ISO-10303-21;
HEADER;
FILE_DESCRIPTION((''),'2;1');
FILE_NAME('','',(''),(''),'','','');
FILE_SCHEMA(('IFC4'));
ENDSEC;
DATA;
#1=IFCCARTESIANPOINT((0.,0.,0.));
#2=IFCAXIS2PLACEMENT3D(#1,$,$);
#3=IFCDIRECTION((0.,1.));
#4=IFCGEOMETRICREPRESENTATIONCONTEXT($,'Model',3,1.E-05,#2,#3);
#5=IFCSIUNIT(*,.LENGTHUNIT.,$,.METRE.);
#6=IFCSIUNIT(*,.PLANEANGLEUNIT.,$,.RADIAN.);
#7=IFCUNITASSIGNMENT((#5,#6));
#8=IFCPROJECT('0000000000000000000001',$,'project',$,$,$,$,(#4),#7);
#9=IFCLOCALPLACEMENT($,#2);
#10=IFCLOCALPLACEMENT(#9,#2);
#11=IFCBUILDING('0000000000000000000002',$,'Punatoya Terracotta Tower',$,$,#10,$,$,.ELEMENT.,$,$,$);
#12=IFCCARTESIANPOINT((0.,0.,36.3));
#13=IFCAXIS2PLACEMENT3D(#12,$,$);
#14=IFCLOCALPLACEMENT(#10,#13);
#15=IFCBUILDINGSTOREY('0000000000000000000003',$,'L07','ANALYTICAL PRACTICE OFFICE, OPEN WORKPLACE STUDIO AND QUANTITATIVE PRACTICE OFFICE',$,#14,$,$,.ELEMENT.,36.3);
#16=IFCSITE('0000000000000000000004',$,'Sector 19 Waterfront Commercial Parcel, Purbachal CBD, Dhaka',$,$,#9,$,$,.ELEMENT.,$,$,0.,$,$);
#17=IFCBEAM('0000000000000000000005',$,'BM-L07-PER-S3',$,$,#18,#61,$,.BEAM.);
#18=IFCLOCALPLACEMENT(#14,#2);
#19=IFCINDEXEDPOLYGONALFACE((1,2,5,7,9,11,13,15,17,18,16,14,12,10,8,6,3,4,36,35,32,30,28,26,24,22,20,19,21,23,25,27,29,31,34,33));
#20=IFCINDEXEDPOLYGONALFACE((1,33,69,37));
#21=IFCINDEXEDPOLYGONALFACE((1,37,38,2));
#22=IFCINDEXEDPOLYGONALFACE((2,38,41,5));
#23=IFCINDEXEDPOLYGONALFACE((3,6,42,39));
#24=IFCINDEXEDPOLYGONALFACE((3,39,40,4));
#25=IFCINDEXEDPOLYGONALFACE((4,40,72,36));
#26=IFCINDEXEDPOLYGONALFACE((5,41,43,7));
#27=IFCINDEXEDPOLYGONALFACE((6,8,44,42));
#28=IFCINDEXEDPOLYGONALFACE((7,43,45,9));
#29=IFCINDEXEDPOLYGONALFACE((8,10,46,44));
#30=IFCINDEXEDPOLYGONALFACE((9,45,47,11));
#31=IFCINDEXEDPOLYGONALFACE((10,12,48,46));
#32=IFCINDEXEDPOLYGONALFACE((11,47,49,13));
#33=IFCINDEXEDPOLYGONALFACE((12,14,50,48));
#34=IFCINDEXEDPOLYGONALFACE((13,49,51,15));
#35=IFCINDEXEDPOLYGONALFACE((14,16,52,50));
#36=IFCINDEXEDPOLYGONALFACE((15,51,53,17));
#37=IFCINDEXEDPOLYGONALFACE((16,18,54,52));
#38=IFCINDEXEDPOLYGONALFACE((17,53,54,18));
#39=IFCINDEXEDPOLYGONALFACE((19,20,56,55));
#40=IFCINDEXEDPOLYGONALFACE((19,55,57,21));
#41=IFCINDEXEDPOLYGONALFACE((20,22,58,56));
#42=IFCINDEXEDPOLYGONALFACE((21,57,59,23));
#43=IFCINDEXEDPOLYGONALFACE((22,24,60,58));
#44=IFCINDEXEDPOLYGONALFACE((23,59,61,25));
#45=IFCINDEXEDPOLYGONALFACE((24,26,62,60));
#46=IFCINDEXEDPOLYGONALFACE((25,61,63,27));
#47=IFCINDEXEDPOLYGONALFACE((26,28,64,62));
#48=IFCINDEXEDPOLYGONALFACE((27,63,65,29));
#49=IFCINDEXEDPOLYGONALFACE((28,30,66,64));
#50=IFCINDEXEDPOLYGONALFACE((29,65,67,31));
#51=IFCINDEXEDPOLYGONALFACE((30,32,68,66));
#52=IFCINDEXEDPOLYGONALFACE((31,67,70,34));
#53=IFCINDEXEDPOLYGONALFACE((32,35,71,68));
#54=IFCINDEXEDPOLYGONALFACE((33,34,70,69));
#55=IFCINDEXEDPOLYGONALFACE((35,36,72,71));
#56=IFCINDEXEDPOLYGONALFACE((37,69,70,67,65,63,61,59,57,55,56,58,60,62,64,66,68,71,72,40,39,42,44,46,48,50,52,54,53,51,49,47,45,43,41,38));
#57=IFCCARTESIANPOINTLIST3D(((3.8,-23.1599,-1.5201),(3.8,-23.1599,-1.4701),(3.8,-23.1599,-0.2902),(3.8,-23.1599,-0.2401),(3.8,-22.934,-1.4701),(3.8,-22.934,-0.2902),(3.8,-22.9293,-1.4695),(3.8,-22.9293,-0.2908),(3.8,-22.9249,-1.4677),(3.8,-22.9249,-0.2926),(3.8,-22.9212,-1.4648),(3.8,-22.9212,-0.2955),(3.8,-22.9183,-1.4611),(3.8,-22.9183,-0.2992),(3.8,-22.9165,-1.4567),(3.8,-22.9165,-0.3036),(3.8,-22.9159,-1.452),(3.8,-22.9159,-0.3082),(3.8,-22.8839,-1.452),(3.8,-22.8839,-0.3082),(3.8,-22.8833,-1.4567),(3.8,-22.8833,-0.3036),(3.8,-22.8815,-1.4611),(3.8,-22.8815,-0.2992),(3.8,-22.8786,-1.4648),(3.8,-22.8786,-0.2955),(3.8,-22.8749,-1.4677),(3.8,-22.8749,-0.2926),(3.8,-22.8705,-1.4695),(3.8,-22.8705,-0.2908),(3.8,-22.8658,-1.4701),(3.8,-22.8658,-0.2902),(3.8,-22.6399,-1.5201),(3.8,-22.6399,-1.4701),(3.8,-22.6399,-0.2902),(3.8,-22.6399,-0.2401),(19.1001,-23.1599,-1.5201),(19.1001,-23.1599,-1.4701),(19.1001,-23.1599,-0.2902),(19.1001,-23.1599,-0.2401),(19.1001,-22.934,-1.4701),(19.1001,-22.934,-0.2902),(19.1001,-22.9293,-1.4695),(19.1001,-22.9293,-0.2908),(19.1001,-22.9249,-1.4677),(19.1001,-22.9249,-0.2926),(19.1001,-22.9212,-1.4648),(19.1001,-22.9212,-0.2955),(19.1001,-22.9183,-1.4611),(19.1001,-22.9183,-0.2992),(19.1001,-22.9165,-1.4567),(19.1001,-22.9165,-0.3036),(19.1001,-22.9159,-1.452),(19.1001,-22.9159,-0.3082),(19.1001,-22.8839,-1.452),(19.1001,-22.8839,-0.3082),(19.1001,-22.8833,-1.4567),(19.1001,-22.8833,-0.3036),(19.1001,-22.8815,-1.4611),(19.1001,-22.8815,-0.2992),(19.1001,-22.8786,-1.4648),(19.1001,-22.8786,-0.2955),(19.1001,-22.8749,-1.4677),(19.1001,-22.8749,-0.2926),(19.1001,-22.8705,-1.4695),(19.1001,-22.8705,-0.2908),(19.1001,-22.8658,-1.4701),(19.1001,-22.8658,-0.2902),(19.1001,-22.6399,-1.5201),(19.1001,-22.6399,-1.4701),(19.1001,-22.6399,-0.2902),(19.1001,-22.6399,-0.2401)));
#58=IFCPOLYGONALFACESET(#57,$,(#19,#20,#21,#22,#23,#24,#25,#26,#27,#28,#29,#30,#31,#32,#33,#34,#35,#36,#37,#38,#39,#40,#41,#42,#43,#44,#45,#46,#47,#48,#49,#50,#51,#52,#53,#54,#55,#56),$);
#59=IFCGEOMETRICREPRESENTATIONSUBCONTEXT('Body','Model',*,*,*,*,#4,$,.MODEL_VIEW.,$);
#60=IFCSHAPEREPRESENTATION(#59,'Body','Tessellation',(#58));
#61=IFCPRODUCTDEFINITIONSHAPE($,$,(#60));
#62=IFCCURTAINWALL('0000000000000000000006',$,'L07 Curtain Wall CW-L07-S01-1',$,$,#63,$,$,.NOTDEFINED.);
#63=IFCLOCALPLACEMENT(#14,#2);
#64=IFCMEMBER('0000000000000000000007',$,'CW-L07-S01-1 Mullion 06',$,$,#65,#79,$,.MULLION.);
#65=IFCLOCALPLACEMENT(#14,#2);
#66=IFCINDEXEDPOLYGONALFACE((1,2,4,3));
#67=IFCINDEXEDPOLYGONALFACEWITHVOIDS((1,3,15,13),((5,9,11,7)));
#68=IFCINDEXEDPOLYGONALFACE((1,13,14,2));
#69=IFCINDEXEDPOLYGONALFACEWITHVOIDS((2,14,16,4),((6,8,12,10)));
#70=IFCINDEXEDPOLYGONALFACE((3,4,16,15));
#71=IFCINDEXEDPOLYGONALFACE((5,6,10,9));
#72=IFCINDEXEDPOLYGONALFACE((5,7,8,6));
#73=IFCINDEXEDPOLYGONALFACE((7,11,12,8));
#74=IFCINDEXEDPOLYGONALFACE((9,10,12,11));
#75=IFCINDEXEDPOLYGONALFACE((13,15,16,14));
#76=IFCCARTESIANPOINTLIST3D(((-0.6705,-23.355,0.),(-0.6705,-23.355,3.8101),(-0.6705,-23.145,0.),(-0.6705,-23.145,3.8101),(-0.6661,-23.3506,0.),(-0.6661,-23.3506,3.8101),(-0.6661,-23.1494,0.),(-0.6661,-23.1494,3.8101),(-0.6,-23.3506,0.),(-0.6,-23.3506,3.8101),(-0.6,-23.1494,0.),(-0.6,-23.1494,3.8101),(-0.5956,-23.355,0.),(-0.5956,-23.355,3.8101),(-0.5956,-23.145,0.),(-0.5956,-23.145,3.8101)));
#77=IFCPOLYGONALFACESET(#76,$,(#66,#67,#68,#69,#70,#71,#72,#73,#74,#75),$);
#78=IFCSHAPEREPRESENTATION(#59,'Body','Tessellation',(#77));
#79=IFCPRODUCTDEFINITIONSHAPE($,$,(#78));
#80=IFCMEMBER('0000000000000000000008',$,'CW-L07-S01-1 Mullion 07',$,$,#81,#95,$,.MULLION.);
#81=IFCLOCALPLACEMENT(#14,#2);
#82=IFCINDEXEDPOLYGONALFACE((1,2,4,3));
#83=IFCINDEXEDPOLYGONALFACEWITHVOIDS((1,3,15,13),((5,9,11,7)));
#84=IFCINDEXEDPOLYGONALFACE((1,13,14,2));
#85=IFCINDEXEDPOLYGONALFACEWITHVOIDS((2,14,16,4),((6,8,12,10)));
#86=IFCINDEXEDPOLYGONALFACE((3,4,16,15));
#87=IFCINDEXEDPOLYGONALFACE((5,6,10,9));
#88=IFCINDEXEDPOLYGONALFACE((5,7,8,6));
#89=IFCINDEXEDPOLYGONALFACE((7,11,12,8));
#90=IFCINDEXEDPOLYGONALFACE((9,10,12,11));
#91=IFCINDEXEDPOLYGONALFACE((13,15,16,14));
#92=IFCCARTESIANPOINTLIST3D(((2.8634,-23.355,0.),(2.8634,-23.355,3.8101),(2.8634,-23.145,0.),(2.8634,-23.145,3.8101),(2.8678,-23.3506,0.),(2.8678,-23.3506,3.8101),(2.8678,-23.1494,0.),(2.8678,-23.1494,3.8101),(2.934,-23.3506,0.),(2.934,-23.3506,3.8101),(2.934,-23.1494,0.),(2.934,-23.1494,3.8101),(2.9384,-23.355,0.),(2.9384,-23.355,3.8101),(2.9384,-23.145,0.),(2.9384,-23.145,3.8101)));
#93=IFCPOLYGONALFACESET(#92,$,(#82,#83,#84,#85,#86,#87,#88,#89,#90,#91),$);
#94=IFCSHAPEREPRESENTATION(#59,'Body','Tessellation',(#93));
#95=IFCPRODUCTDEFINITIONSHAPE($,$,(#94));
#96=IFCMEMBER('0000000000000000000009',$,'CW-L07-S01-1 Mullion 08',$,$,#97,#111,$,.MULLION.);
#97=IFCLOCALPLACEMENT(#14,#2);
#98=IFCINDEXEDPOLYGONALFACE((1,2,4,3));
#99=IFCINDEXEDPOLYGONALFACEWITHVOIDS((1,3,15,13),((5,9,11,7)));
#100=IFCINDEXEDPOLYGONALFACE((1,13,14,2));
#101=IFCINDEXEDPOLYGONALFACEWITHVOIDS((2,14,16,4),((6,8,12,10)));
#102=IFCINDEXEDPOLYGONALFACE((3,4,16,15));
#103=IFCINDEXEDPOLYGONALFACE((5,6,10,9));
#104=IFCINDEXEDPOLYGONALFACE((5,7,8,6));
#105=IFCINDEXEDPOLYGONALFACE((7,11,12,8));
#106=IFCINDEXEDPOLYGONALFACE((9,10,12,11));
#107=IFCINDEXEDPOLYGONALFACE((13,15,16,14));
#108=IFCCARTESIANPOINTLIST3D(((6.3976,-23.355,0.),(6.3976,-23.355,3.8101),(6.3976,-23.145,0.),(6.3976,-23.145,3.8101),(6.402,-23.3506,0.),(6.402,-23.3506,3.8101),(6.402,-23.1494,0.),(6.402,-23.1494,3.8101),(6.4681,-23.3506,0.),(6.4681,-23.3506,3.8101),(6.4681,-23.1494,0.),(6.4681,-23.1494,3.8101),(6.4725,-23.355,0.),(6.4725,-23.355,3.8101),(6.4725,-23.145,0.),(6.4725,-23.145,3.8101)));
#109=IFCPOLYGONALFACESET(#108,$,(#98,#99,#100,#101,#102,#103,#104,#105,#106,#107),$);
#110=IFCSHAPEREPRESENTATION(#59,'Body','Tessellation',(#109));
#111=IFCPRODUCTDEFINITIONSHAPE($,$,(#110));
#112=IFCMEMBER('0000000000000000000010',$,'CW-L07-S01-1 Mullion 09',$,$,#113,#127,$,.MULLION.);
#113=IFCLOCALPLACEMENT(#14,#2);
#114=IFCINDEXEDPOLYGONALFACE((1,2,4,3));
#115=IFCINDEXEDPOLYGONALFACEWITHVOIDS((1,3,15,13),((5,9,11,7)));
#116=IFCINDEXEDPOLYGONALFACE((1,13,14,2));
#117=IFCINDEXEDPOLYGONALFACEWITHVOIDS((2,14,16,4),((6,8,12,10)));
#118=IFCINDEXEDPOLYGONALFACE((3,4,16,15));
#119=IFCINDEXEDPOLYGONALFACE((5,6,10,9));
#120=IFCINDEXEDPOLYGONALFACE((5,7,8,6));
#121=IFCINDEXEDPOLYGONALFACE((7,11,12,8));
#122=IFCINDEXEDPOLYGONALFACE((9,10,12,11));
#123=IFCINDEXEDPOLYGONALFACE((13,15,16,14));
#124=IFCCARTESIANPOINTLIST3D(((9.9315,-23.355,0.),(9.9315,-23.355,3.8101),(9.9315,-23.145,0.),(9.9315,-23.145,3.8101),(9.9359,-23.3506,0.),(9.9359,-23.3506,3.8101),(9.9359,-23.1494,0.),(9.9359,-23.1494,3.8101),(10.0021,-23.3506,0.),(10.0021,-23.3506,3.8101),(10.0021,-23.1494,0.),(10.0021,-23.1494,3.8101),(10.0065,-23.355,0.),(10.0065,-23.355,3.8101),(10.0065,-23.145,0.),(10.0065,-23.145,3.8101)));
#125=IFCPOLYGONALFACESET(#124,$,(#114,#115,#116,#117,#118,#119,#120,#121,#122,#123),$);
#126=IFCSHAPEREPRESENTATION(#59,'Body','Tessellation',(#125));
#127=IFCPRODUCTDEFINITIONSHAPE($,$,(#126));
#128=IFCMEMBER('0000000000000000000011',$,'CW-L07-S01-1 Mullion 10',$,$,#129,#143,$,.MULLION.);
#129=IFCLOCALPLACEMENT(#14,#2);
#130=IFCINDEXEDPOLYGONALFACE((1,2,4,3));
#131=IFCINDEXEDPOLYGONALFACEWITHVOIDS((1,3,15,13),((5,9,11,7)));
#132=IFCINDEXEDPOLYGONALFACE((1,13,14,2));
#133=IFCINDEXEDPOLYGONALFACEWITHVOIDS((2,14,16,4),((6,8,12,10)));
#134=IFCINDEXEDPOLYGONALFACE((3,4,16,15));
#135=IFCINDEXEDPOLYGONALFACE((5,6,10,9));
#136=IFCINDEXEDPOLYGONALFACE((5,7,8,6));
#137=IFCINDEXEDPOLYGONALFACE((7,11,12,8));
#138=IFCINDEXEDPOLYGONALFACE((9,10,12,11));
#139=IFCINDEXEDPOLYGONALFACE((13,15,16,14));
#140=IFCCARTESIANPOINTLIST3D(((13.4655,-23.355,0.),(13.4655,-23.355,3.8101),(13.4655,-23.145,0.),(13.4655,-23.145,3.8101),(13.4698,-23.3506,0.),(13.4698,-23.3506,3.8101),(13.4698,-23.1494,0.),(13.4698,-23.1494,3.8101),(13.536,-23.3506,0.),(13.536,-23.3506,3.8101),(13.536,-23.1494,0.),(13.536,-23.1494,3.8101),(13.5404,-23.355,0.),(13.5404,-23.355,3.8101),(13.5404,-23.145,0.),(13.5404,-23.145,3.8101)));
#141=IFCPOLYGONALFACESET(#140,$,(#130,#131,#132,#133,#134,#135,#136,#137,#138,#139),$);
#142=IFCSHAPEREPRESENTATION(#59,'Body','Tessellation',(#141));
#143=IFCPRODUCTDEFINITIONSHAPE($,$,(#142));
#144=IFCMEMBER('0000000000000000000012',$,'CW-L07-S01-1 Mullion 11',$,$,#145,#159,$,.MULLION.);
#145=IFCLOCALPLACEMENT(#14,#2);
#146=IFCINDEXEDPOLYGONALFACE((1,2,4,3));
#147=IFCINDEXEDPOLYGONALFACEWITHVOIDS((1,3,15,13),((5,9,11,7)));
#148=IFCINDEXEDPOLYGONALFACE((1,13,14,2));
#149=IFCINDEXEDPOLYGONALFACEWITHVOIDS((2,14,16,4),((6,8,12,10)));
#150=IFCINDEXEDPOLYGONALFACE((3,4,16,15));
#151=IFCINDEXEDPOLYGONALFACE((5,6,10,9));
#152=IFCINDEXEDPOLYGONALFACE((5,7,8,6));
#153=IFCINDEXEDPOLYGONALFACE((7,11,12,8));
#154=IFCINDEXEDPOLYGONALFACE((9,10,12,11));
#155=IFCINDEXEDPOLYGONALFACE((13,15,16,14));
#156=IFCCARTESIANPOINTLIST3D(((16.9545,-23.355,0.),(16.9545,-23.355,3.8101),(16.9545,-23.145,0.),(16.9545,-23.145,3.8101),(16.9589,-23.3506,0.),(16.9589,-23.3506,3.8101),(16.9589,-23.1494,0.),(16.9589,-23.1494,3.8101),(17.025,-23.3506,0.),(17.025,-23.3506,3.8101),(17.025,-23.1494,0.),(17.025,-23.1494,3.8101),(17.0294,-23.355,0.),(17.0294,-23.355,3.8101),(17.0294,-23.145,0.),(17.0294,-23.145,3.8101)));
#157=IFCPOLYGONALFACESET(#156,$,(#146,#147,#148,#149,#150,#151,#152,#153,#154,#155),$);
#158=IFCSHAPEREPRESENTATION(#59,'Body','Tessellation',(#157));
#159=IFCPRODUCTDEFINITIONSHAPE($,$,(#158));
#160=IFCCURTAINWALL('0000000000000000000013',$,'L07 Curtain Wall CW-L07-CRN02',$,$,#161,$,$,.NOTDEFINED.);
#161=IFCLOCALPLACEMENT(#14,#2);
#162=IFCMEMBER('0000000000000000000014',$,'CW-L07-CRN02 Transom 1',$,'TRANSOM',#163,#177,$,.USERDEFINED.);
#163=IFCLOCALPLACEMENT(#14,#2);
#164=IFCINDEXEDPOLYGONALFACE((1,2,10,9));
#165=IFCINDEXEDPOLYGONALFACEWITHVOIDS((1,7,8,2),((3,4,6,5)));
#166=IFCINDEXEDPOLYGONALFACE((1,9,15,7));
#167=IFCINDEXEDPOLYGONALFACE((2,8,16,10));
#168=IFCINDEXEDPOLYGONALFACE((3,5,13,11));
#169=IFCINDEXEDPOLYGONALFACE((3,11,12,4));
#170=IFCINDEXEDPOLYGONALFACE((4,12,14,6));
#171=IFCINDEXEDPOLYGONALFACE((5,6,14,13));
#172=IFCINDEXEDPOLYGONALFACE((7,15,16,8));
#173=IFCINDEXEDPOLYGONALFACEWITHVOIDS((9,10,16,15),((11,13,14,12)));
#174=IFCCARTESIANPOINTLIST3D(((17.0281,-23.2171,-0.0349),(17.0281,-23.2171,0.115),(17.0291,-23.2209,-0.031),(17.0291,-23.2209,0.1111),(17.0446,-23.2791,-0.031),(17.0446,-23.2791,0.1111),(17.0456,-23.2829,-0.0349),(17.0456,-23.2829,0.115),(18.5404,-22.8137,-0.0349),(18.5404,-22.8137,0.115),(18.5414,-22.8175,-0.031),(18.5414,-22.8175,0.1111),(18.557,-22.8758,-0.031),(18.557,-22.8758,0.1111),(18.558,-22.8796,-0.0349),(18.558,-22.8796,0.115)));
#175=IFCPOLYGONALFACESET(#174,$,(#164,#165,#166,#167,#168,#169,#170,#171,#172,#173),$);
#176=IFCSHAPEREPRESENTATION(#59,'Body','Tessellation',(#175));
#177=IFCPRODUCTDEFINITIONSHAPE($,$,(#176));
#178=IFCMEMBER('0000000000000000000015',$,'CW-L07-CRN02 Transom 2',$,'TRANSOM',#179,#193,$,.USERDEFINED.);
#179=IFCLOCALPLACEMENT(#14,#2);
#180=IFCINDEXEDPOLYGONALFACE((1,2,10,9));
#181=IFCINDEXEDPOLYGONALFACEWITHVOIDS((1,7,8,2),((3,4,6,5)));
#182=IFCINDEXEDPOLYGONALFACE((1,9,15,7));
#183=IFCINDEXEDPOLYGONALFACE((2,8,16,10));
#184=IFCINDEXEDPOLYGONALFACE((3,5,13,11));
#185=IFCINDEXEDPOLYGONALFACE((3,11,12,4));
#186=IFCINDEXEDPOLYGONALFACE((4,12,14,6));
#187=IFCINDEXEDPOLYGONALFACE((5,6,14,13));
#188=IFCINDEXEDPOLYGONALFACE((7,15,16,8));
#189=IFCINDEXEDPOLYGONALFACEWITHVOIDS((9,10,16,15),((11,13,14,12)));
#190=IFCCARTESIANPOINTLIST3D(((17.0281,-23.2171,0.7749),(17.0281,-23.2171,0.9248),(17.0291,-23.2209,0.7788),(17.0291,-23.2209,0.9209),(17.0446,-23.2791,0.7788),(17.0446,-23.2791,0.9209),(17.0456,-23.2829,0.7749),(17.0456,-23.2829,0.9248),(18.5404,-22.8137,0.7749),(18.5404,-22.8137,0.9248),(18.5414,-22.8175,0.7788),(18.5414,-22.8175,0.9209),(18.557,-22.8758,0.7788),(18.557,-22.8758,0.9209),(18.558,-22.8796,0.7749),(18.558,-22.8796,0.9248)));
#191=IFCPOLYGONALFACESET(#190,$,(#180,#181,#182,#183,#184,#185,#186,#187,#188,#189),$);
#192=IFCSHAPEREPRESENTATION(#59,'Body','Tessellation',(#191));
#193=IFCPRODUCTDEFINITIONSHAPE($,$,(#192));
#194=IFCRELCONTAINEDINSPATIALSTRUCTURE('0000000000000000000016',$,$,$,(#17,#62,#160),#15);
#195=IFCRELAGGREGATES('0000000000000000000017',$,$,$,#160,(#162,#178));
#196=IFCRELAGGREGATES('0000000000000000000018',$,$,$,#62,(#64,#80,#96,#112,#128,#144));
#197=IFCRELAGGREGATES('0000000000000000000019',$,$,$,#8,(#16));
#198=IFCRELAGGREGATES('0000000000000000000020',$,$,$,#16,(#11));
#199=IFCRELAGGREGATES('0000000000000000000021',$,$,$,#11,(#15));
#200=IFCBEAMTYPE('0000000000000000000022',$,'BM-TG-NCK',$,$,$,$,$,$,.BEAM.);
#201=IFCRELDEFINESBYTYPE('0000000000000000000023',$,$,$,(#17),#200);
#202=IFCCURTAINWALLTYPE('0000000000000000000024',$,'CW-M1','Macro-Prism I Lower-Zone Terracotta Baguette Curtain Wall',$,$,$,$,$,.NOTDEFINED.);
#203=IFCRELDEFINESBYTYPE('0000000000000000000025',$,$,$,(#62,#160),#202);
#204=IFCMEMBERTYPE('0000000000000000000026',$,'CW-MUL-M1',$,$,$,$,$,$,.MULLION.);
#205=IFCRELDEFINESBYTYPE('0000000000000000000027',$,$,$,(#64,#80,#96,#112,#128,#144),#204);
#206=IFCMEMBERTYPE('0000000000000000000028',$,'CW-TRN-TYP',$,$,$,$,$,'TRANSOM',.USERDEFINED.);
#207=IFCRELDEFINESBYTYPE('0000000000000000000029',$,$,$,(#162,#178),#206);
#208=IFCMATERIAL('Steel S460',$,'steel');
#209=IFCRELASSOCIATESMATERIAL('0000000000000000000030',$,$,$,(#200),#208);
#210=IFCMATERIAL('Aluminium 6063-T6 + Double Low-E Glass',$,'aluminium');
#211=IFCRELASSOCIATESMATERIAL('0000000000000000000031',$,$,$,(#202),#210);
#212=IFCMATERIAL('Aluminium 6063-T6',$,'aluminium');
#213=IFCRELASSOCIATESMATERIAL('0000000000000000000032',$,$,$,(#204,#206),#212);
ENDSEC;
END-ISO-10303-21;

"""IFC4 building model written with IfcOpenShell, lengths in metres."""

from ifc_helpers import new_model, si_unit, direction, frame, origin, origin_2d, place, context, subcontext, project, spatial, hollow_rectangle, i_section, extrude, material, material_profile, profile_set, type_object, element, aggregate, save


model = new_model("IFC4")

# Units and contexts
model_context = context("Model", 3, precision=1e-05, world=origin(), true_north=direction((0.0, 1.0)))
body_context = subcontext(model_context, "Body", "Model", "MODEL_VIEW")
ifc_project = project(units=[si_unit("LENGTHUNIT", "METRE"), si_unit("PLANEANGLEUNIT", "RADIAN")], contexts=[model_context])

# Site, building, storey
site_placement = place(None, origin())
site = spatial("IfcSite", under=ifc_project, at=site_placement, Name="Sector 19 Waterfront Commercial Parcel, Purbachal CBD, Dhaka", CompositionType="ELEMENT", RefElevation=0.0)
building_placement = place(site_placement, origin())
building = spatial("IfcBuilding", under=site, at=building_placement, Name="Punatoya Terracotta Tower", CompositionType="ELEMENT")
storey_placement = place(building_placement, frame((0.0, 0.0, 36.3)))
storey = spatial("IfcBuildingStorey", under=building, at=storey_placement, Name="L07", Description="ANALYTICAL PRACTICE OFFICE, OPEN WORKPLACE STUDIO AND QUANTITATIVE PRACTICE OFFICE", CompositionType="ELEMENT", Elevation=36.3)

# Shared definitions
ifc_material_1 = material(Name="Steel S460", Category="steel")

# Beam
ifc_material_profile_1 = material_profile(ifc_material_1, i_section(OverallWidth=0.52, OverallDepth=1.28, WebThickness=0.032, FlangeThickness=0.05, FilletRadius=0.0181, at=origin_2d()))
ifc_profile_set_1 = profile_set([ifc_material_profile_1], Name="Steel S460")
beam_type_1 = type_object("IfcBeamType", Name="BM-TG-NCK", PredefinedType="BEAM", material=ifc_profile_set_1)
beam_1_placement = place(storey_placement, frame((3.8, -22.8999, -0.8801), z_axis=(1.0, 0.0, 0.0), x_axis=(0.0, 1.0, 0.0)))
element("IfcBeam", 1, at=beam_1_placement, inside=storey, type_object=beam_type_1, Name="BM-L07-PER-S3", PredefinedType="BEAM", context=body_context, shape_type="SweptSolid", body=[
    extrude(i_section(OverallWidth=0.52, OverallDepth=1.28, WebThickness=0.032, FlangeThickness=0.05, FilletRadius=0.0181, at=origin_2d()), origin(), (0.0, 0.0, 1.0), 15.3),
])

# Curtain walls, members
ifc_material_2 = material(Name="Aluminium 6063-T6 + Double Low-E Glass", Category="aluminium")
curtain_wall_type = type_object("IfcCurtainWallType", Name="CW-M1", Description="Macro-Prism I Lower-Zone Terracotta Baguette Curtain Wall", PredefinedType="NOTDEFINED", material=ifc_material_2)
curtain_wall_1_placement = place(storey_placement, origin())
curtain_wall_1 = element("IfcCurtainWall", 2, at=curtain_wall_1_placement, inside=storey, type_object=curtain_wall_type, Name="L07 Curtain Wall CW-L07-S01-1", PredefinedType="NOTDEFINED")
ifc_material_3 = material(Name="Aluminium 6063-T6", Category="aluminium")
ifc_material_profile_2 = material_profile(ifc_material_3, hollow_rectangle(XDim=0.075, YDim=0.21, WallThickness=0.0044, at=origin_2d()))
ifc_profile_set_2 = profile_set([ifc_material_profile_2], Name="Aluminium 6063-T6")
member_type_1 = type_object("IfcMemberType", Name="CW-MUL-M1", PredefinedType="MULLION", material=ifc_profile_set_2)
member_1_placement = place(storey_placement, frame((-0.6331, -23.25, 0.0), z_axis=(0.0, 0.0, 1.0), x_axis=(1.0, 0.0, 0.0)))
member_1 = element("IfcMember", 3, at=member_1_placement, type_object=member_type_1, Name="CW-L07-S01-1 Mullion 06", PredefinedType="MULLION", context=body_context, shape_type="SweptSolid", body=[
    extrude(hollow_rectangle(XDim=0.075, YDim=0.21, WallThickness=0.0044, at=origin_2d()), origin(), (0.0, 0.0, 1.0), 3.8101),
])
member_2_placement = place(storey_placement, frame((2.9009, -23.25, 0.0), z_axis=(0.0, 0.0, 1.0), x_axis=(1.0, 0.0, 0.0)))
member_2 = element("IfcMember", 4, at=member_2_placement, type_object=member_type_1, Name="CW-L07-S01-1 Mullion 07", PredefinedType="MULLION", context=body_context, shape_type="SweptSolid", body=[
    extrude(hollow_rectangle(XDim=0.075, YDim=0.21, WallThickness=0.0044, at=origin_2d()), origin(), (0.0, 0.0, 1.0), 3.8101),
])
member_3_placement = place(storey_placement, frame((6.4351, -23.25, 0.0), z_axis=(0.0, 0.0, 1.0), x_axis=(1.0, 0.0, 0.0)))
member_3 = element("IfcMember", 5, at=member_3_placement, type_object=member_type_1, Name="CW-L07-S01-1 Mullion 08", PredefinedType="MULLION", context=body_context, shape_type="SweptSolid", body=[
    extrude(hollow_rectangle(XDim=0.075, YDim=0.21, WallThickness=0.0044, at=origin_2d()), origin(), (0.0, 0.0, 1.0), 3.8101),
])
member_4_placement = place(storey_placement, frame((9.969, -23.25, 0.0), z_axis=(0.0, 0.0, 1.0), x_axis=(1.0, 0.0, 0.0)))
member_4 = element("IfcMember", 6, at=member_4_placement, type_object=member_type_1, Name="CW-L07-S01-1 Mullion 09", PredefinedType="MULLION", context=body_context, shape_type="SweptSolid", body=[
    extrude(hollow_rectangle(XDim=0.075, YDim=0.21, WallThickness=0.0044, at=origin_2d()), origin(), (0.0, 0.0, 1.0), 3.8101),
])
member_5_placement = place(storey_placement, frame((13.5029, -23.25, 0.0), z_axis=(0.0, 0.0, 1.0), x_axis=(1.0, 0.0, 0.0)))
member_5 = element("IfcMember", 7, at=member_5_placement, type_object=member_type_1, Name="CW-L07-S01-1 Mullion 10", PredefinedType="MULLION", context=body_context, shape_type="SweptSolid", body=[
    extrude(hollow_rectangle(XDim=0.075, YDim=0.21, WallThickness=0.0044, at=origin_2d()), origin(), (0.0, 0.0, 1.0), 3.8101),
])
member_6_placement = place(storey_placement, frame((16.9919, -23.25, 0.0), z_axis=(0.0, 0.0, 1.0), x_axis=(1.0, 0.0, 0.0)))
member_6 = element("IfcMember", 8, at=member_6_placement, type_object=member_type_1, Name="CW-L07-S01-1 Mullion 11", PredefinedType="MULLION", context=body_context, shape_type="SweptSolid", body=[
    extrude(hollow_rectangle(XDim=0.075, YDim=0.21, WallThickness=0.0044, at=origin_2d()), origin(), (0.0, 0.0, 1.0), 3.8101),
])
curtain_wall_2_placement = place(storey_placement, origin())
curtain_wall_2 = element("IfcCurtainWall", 9, at=curtain_wall_2_placement, inside=storey, type_object=curtain_wall_type, Name="L07 Curtain Wall CW-L07-CRN02", PredefinedType="NOTDEFINED")
ifc_material_profile_3 = material_profile(ifc_material_3, hollow_rectangle(XDim=0.0681, YDim=0.1499, WallThickness=0.0039, at=origin_2d()))
ifc_profile_set_3 = profile_set([ifc_material_profile_3], Name="Aluminium 6063-T6")
member_type_2 = type_object("IfcMemberType", Name="CW-TRN-TYP", ElementType="TRANSOM", PredefinedType="USERDEFINED", material=ifc_profile_set_3)
member_7_placement = place(storey_placement, frame((17.0369, -23.25, 0.04), z_axis=(0.966225, 0.257701, 0.0), x_axis=(-0.257701, 0.966225, 0.0)))
member_7 = element("IfcMember", 10, at=member_7_placement, type_object=member_type_2, Name="CW-L07-CRN02 Transom 1", ObjectType="TRANSOM", PredefinedType="USERDEFINED", context=body_context, shape_type="SweptSolid", body=[
    extrude(hollow_rectangle(XDim=0.0681, YDim=0.1499, WallThickness=0.0039, at=origin_2d()), origin(), (0.0, 0.0, 1.0), 1.5652),
])
member_8_placement = place(storey_placement, frame((17.0369, -23.25, 0.8499), z_axis=(0.966225, 0.257701, 0.0), x_axis=(-0.257701, 0.966225, 0.0)))
member_8 = element("IfcMember", 11, at=member_8_placement, type_object=member_type_2, Name="CW-L07-CRN02 Transom 2", ObjectType="TRANSOM", PredefinedType="USERDEFINED", context=body_context, shape_type="SweptSolid", body=[
    extrude(hollow_rectangle(XDim=0.0681, YDim=0.1499, WallThickness=0.0039, at=origin_2d()), origin(), (0.0, 0.0, 1.0), 1.5652),
])
aggregate(curtain_wall_2, [member_7, member_8])

aggregate(curtain_wall_1, [member_1, member_2, member_3, member_4, member_5, member_6])

save(model, "model.ifc")
